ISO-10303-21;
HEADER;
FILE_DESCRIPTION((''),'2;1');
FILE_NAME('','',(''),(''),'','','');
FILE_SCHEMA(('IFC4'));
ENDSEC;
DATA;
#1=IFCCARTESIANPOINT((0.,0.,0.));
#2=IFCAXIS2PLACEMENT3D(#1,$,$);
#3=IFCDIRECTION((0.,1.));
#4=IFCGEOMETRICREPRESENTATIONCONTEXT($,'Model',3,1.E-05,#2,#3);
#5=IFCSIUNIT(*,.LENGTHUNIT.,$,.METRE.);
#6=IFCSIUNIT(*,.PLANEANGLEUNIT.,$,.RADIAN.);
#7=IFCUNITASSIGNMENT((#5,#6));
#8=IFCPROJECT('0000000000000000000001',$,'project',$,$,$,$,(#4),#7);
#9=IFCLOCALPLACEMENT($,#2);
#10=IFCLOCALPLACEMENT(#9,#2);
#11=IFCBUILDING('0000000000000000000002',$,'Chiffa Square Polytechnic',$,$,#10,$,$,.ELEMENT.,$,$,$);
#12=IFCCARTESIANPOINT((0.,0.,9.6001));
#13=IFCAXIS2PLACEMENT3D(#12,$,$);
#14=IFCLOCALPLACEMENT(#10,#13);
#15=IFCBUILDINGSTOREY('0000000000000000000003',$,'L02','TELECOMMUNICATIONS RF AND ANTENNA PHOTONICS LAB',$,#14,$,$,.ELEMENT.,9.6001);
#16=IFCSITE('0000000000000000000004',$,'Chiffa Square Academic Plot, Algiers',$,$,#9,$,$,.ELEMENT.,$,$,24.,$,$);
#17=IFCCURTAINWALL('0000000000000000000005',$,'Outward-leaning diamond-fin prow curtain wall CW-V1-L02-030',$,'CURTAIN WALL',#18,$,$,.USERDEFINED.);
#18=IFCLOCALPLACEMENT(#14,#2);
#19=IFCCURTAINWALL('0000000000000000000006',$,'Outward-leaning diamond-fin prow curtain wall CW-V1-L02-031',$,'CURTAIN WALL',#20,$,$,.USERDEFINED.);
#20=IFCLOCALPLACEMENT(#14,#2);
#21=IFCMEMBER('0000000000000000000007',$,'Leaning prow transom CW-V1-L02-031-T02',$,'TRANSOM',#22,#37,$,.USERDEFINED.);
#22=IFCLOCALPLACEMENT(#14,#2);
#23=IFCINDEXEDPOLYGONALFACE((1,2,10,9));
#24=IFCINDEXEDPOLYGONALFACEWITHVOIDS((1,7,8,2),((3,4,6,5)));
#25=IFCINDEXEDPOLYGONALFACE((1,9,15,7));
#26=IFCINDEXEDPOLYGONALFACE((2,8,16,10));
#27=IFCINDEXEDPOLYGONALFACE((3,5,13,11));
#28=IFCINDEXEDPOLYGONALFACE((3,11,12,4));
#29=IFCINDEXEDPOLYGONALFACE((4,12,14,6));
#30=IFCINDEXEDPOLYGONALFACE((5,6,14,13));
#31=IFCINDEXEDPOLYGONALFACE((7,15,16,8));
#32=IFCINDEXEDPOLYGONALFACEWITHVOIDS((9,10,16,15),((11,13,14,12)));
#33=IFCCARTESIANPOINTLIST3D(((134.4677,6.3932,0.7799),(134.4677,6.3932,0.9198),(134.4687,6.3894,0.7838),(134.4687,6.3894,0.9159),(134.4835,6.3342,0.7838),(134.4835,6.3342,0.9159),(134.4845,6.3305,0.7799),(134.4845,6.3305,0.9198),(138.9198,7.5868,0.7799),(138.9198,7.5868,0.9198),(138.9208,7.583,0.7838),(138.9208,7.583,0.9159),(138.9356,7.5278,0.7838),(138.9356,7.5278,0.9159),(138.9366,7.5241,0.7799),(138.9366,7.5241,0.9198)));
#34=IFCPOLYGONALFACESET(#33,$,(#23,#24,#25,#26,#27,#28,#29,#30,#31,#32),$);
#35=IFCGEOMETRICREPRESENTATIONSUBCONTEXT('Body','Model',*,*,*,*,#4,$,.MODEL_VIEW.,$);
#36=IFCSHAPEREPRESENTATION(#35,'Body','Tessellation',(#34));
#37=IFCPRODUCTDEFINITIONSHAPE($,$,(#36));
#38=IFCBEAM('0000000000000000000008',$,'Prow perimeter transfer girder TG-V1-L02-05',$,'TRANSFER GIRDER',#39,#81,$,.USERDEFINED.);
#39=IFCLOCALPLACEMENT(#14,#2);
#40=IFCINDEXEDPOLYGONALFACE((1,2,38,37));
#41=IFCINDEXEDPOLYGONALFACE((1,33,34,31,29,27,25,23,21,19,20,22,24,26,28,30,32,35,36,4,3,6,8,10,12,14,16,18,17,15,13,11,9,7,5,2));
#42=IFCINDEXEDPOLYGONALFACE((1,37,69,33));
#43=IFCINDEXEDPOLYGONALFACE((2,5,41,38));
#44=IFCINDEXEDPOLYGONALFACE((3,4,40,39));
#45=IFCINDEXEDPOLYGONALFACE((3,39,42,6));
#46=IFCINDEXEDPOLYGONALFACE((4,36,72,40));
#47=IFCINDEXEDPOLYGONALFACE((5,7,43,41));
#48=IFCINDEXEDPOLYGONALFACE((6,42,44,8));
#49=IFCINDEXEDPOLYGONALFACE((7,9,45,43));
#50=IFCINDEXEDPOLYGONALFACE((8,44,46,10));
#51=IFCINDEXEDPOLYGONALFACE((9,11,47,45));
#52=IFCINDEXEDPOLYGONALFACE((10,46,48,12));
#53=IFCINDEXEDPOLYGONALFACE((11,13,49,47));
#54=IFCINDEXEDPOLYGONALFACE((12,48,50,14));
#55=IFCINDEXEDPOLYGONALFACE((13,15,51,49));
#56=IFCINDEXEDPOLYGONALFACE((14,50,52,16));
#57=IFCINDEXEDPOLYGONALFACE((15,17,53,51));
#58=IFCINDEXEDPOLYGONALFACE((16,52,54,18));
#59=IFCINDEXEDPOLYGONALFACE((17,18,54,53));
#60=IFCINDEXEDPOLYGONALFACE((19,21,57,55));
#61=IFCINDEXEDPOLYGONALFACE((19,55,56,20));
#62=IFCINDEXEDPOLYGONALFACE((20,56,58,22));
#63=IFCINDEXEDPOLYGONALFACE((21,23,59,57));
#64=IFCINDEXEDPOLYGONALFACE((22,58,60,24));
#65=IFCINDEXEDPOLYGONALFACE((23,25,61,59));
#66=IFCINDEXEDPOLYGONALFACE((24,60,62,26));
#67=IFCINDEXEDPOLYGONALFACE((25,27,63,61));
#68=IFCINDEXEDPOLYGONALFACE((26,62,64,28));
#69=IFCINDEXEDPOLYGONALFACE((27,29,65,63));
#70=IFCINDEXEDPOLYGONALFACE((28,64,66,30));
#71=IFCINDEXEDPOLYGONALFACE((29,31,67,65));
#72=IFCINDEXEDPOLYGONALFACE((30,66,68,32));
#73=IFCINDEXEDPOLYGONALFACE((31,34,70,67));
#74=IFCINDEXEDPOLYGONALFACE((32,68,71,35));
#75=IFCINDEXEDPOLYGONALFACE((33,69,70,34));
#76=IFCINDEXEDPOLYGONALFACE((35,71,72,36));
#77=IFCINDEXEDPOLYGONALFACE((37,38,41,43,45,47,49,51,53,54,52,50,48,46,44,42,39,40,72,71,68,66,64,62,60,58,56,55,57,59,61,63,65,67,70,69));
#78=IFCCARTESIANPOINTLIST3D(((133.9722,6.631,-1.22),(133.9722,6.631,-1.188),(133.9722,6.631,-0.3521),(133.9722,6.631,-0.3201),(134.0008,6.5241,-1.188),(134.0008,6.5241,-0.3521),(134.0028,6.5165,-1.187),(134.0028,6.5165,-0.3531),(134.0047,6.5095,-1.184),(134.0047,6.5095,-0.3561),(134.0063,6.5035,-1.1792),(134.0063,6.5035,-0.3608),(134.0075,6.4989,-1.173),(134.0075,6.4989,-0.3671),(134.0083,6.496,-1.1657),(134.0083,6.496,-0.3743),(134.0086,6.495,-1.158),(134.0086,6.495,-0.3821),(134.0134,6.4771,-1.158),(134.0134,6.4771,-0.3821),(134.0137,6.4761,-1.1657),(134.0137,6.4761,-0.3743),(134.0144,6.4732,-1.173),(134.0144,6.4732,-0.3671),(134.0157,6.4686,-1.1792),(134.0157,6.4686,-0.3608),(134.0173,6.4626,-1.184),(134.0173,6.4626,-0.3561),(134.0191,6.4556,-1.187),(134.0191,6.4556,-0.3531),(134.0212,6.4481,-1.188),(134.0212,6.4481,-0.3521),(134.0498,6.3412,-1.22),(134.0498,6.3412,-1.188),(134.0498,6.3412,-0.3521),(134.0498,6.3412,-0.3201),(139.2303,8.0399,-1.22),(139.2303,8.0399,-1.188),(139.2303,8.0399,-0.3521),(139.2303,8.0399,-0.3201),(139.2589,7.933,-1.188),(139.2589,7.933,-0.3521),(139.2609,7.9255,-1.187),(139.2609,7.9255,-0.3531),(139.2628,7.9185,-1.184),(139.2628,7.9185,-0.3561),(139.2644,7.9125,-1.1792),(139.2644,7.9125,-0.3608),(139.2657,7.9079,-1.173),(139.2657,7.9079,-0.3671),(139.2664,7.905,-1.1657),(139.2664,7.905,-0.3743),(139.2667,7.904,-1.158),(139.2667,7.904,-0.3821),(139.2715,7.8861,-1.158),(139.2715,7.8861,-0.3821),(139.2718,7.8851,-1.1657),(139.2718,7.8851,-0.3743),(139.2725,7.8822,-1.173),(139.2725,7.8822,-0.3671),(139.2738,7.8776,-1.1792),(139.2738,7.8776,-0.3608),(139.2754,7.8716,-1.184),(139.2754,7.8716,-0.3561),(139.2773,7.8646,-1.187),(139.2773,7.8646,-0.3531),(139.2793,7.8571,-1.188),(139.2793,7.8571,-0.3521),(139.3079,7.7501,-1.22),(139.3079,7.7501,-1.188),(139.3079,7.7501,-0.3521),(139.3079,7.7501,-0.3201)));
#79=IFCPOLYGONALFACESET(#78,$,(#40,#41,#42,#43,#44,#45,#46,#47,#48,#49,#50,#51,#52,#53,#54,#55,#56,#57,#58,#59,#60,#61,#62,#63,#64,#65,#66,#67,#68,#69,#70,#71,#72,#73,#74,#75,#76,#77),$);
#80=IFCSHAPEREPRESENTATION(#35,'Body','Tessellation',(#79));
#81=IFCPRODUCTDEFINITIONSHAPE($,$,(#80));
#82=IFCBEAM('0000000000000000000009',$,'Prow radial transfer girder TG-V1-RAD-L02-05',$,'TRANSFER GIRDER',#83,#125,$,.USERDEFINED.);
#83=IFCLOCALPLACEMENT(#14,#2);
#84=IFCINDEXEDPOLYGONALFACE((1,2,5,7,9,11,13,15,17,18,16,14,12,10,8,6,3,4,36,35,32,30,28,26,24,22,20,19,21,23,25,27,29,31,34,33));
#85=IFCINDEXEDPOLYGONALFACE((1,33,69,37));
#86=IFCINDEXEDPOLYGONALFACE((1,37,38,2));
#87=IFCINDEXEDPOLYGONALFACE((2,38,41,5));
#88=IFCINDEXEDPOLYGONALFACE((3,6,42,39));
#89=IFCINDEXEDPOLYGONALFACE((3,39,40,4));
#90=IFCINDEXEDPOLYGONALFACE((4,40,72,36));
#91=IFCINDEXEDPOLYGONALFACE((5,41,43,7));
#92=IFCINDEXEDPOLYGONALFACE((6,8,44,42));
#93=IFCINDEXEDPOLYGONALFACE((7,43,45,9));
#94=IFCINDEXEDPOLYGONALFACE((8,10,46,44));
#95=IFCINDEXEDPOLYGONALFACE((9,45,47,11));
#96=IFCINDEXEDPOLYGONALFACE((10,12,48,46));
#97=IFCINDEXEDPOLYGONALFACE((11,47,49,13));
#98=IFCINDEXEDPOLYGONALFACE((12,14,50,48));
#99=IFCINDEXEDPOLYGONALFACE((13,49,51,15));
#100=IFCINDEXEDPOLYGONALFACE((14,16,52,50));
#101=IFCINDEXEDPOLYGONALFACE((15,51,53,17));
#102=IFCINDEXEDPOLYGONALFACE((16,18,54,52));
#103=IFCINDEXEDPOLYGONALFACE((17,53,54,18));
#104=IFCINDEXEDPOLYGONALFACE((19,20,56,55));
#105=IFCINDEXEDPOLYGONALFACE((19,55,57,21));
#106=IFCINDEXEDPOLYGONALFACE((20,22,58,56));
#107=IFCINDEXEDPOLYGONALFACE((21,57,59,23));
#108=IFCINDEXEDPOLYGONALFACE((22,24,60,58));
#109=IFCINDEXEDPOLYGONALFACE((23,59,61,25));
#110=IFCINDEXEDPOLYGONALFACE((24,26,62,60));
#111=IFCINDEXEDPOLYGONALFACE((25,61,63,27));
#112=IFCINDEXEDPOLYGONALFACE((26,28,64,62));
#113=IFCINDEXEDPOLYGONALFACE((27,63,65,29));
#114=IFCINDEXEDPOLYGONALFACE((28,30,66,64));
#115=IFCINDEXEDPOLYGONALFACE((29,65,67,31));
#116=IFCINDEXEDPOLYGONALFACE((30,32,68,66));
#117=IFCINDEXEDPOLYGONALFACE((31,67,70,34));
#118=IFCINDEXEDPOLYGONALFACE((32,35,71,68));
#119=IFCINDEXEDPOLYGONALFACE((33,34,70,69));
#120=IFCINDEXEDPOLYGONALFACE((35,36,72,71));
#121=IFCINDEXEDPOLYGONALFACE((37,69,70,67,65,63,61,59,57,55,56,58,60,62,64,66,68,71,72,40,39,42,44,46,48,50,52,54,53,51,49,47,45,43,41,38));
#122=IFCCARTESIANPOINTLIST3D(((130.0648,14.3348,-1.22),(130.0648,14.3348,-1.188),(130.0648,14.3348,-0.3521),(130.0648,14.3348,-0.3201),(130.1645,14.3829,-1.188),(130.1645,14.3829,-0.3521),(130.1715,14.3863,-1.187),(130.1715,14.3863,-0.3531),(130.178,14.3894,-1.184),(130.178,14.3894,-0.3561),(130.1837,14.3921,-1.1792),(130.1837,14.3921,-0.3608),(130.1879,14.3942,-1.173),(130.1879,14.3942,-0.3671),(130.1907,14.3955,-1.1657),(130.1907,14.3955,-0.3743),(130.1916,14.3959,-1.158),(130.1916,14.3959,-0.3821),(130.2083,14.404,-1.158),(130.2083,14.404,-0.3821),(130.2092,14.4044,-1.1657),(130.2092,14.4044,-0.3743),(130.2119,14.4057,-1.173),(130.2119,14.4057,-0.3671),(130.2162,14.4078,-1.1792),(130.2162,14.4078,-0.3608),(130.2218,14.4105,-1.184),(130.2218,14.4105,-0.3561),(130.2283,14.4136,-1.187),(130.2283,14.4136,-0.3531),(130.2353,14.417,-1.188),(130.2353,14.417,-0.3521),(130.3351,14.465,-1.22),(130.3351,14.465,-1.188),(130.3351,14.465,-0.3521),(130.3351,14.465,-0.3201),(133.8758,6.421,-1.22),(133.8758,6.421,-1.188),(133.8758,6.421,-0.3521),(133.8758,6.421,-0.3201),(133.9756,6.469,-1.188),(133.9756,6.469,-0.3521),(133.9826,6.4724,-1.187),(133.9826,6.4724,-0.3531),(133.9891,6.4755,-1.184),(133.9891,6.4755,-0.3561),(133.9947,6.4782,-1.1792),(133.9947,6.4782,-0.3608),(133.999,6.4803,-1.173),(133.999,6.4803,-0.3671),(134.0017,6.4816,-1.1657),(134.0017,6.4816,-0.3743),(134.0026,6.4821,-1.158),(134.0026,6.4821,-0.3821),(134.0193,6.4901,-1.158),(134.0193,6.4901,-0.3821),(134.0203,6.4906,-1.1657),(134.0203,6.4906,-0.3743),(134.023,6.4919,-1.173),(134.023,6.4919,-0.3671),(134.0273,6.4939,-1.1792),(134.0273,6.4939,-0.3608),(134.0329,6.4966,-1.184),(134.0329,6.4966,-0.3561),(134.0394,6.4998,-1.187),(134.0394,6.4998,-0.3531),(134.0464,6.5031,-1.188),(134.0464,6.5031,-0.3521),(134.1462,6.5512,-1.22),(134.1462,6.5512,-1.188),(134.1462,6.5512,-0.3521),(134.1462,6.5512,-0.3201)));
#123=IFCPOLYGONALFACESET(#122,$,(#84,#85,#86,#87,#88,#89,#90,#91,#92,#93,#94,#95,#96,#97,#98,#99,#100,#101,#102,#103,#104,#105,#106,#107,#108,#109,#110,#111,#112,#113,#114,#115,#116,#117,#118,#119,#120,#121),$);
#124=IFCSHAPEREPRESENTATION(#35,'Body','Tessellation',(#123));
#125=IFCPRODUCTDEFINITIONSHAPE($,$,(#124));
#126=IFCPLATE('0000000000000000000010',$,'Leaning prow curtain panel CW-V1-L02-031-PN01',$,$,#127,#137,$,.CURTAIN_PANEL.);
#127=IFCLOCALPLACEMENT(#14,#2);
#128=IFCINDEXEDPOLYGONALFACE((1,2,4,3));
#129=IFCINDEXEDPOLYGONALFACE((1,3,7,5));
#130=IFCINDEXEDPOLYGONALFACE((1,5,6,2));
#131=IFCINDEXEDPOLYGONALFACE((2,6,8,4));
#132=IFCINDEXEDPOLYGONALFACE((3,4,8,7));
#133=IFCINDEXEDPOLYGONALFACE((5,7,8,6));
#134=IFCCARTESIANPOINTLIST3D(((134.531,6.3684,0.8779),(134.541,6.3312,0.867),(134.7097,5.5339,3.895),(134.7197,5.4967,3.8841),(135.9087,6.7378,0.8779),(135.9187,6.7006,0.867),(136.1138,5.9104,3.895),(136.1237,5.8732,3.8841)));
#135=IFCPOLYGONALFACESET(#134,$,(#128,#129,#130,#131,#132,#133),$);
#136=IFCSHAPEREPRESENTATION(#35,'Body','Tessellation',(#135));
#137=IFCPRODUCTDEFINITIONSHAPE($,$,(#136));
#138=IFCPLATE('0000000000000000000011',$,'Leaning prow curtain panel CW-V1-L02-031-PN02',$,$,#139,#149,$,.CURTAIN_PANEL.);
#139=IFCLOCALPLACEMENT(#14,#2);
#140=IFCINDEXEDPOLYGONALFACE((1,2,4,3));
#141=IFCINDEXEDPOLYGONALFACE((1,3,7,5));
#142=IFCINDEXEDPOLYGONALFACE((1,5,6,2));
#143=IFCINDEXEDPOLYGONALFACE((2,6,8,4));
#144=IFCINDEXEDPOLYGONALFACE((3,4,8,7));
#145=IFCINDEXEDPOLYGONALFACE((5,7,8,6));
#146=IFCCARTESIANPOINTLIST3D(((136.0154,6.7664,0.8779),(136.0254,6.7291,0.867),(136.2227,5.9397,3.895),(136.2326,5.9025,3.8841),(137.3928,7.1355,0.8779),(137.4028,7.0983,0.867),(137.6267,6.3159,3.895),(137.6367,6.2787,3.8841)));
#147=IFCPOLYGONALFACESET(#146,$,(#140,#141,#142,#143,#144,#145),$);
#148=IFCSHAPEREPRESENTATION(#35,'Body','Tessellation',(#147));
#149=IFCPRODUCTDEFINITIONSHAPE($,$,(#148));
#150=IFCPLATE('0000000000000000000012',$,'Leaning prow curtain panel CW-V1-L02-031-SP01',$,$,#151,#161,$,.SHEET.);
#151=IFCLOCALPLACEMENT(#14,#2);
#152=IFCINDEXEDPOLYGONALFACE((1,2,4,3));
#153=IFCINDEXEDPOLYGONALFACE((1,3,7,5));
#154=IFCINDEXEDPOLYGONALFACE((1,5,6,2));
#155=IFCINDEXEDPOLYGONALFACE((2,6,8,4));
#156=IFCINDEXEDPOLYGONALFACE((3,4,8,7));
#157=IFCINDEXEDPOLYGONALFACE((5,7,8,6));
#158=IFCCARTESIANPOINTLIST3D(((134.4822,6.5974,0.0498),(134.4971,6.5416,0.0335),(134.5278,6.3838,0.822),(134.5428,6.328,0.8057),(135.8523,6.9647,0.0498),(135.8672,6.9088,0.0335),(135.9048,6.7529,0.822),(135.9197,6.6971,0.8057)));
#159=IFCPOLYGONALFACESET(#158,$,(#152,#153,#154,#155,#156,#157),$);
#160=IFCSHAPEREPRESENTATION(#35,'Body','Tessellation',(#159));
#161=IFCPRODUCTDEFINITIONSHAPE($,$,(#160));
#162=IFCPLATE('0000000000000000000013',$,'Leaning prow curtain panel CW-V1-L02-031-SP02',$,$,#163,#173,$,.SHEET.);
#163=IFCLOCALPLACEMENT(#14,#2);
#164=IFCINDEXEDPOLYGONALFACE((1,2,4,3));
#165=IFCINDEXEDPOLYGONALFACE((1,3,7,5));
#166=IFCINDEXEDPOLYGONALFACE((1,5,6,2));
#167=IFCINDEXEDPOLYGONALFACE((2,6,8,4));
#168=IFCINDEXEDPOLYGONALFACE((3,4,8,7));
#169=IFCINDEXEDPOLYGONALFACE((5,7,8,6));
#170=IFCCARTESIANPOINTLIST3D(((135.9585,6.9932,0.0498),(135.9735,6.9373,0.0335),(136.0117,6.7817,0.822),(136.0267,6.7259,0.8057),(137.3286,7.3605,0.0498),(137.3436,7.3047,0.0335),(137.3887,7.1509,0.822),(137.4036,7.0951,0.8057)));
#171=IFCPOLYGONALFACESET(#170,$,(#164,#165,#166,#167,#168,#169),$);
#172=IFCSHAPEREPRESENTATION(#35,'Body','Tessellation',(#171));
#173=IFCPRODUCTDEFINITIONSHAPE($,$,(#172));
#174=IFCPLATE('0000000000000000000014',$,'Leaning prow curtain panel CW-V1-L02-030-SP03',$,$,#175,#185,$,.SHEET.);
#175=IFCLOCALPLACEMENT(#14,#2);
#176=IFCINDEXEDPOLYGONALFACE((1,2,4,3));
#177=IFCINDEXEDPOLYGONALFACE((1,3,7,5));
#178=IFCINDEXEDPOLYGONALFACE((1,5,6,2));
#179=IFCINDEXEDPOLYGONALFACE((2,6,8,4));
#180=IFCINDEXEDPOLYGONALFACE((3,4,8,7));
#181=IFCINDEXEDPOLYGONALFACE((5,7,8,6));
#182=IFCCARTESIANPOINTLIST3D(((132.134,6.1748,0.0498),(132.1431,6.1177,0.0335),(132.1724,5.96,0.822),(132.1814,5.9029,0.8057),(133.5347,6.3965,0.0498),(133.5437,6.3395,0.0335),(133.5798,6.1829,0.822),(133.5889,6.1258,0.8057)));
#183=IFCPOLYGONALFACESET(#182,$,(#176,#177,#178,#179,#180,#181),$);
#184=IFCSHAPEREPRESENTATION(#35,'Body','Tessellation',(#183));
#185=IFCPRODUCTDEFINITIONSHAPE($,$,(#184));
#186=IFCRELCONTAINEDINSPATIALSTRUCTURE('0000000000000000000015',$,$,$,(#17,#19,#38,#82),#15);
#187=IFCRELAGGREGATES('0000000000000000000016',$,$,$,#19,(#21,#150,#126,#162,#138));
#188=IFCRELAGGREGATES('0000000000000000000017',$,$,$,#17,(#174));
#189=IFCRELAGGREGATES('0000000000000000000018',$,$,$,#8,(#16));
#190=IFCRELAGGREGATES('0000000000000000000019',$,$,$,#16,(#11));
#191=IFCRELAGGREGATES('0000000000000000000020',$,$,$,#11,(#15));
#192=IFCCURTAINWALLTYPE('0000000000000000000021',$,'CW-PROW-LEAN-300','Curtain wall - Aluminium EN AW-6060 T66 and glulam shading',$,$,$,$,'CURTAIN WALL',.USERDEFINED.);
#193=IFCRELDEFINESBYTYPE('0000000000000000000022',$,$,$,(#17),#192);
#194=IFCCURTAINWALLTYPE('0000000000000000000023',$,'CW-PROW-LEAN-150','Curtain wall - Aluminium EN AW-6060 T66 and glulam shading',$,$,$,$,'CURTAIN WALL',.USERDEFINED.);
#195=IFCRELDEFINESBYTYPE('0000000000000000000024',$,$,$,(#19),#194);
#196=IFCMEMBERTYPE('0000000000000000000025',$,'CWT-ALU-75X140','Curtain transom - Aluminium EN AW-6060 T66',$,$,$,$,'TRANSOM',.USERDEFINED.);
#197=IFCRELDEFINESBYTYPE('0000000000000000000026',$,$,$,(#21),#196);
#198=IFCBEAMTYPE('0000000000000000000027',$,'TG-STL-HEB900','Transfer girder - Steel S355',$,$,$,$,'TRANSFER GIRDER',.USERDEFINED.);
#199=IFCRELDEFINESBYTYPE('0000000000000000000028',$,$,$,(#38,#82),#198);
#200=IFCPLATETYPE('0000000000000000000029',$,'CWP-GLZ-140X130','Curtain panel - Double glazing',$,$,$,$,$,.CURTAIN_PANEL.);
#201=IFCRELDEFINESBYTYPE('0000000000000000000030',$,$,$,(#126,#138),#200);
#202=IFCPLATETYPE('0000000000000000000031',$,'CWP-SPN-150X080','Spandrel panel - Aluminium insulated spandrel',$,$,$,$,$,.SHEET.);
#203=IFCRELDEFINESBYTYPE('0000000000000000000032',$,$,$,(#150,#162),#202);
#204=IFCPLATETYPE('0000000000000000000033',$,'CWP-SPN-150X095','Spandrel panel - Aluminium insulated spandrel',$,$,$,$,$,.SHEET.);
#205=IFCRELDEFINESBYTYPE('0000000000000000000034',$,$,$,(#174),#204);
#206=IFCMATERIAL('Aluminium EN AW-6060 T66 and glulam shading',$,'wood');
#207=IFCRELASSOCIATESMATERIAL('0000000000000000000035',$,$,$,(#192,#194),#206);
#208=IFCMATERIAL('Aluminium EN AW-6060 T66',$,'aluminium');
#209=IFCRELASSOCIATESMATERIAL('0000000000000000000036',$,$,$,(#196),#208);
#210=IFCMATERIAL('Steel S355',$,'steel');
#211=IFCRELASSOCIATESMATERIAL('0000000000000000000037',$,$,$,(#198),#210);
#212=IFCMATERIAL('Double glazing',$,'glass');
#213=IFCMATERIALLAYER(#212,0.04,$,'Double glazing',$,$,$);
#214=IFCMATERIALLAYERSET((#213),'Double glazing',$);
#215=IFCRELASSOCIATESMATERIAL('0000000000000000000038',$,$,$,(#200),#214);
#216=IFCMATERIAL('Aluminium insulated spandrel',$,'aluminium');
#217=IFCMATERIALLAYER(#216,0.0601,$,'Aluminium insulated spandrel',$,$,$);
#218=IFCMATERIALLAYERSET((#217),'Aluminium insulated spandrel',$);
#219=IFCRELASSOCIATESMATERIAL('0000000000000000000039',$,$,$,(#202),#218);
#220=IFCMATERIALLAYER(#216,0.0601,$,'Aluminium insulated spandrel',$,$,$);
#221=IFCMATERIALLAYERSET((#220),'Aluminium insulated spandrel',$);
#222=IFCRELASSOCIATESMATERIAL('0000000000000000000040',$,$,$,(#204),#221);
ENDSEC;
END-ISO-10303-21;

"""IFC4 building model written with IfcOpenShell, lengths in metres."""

from ifc_helpers import new_model, si_unit, direction, frame, origin, origin_2d, place, context, subcontext, project, spatial, polyline, hollow_rectangle, i_section, outline, extrude, material, layer, layer_set, material_profile, profile_set, type_object, element, aggregate, save


model = new_model("IFC4")

# Units and contexts
model_context = context("Model", 3, precision=1e-05, world=origin(), true_north=direction((0.0, 1.0)))
body_context = subcontext(model_context, "Body", "Model", "MODEL_VIEW")
ifc_project = project(units=[si_unit("LENGTHUNIT", "METRE"), si_unit("PLANEANGLEUNIT", "RADIAN")], contexts=[model_context])

# Site, building, storey
site_placement = place(None, origin())
site = spatial("IfcSite", under=ifc_project, at=site_placement, Name="Chiffa Square Academic Plot, Algiers", CompositionType="ELEMENT", RefElevation=24.0)
building_placement = place(site_placement, origin())
building = spatial("IfcBuilding", under=site, at=building_placement, Name="Chiffa Square Polytechnic", CompositionType="ELEMENT")
storey_placement = place(building_placement, frame((0.0, 0.0, 9.6001)))
storey = spatial("IfcBuildingStorey", under=building, at=storey_placement, Name="L02", Description="TELECOMMUNICATIONS RF AND ANTENNA PHOTONICS LAB", CompositionType="ELEMENT", Elevation=9.6001)

# Curtain walls, member
ifc_material_1 = material(Name="Aluminium EN AW-6060 T66 and glulam shading", Category="wood")
curtain_wall_type_1 = type_object("IfcCurtainWallType", Name="CW-PROW-LEAN-300", Description="Curtain wall - Aluminium EN AW-6060 T66 and glulam shading", ElementType="CURTAIN WALL", PredefinedType="USERDEFINED", material=ifc_material_1)
curtain_wall_1_placement = place(storey_placement, origin())
curtain_wall_1 = element("IfcCurtainWall", 1, at=curtain_wall_1_placement, inside=storey, type_object=curtain_wall_type_1, Name="Outward-leaning diamond-fin prow curtain wall CW-V1-L02-030", ObjectType="CURTAIN WALL", PredefinedType="USERDEFINED")
ifc_material_2 = material(Name="Aluminium EN AW-6060 T66", Category="aluminium")
curtain_wall_type_2 = type_object("IfcCurtainWallType", Name="CW-PROW-LEAN-150", Description="Curtain wall - Aluminium EN AW-6060 T66 and glulam shading", ElementType="CURTAIN WALL", PredefinedType="USERDEFINED", material=ifc_material_1)
curtain_wall_2_placement = place(storey_placement, origin())
curtain_wall_2 = element("IfcCurtainWall", 2, at=curtain_wall_2_placement, inside=storey, type_object=curtain_wall_type_2, Name="Outward-leaning diamond-fin prow curtain wall CW-V1-L02-031", ObjectType="CURTAIN WALL", PredefinedType="USERDEFINED")
ifc_material_profile_1 = material_profile(ifc_material_2, hollow_rectangle(XDim=0.0649, YDim=0.1399, WallThickness=0.0039, at=origin_2d()), Name="ALU 65x140x4")
ifc_profile_set_1 = profile_set([ifc_material_profile_1], Name="Aluminium EN AW-6060 T66")
member_type_1 = type_object("IfcMemberType", Name="CWT-ALU-75X140", Description="Curtain transom - Aluminium EN AW-6060 T66", ElementType="TRANSOM", PredefinedType="USERDEFINED", material=ifc_profile_set_1)
member_1_placement = place(storey_placement, frame((134.4761, 6.3618, 0.8499), z_axis=(0.96589, 0.258951, 0.0), x_axis=(-0.258951, 0.96589, 0.0)))
member_1 = element("IfcMember", 3, at=member_1_placement, type_object=member_type_1, Name="Leaning prow transom CW-V1-L02-031-T02", ObjectType="TRANSOM", PredefinedType="USERDEFINED", context=body_context, shape_type="SweptSolid", body=[
    extrude(hollow_rectangle(XDim=0.0649, YDim=0.1399, WallThickness=0.0039, at=origin_2d()), origin(), (0.0, 0.0, 1.0), 4.6094),
])

# Beams
ifc_material_3 = material(Name="Steel S355", Category="steel")
ifc_material_profile_2 = material_profile(ifc_material_3, i_section(OverallWidth=0.3, OverallDepth=0.8999, WebThickness=0.0186, FlangeThickness=0.032, FilletRadius=0.03, at=origin_2d()), Name="HEB 900")
ifc_profile_set_2 = profile_set([ifc_material_profile_2], Name="Steel S355")
beam_type_1 = type_object("IfcBeamType", Name="TG-STL-HEB900", Description="Transfer girder - Steel S355", ElementType="TRANSFER GIRDER", PredefinedType="USERDEFINED", material=ifc_profile_set_2)
beam_1_placement = place(storey_placement, frame((134.011, 6.4861, -0.77), z_axis=(0.965924, 0.258827, 0.0), x_axis=(-0.258827, 0.965924, 0.0)))
element("IfcBeam", 4, at=beam_1_placement, inside=storey, type_object=beam_type_1, Name="Prow perimeter transfer girder TG-V1-L02-05", ObjectType="TRANSFER GIRDER", PredefinedType="USERDEFINED", context=body_context, shape_type="SweptSolid", body=[
    extrude(i_section(OverallWidth=0.3, OverallDepth=0.8999, WebThickness=0.0186, FlangeThickness=0.032, FilletRadius=0.03, at=origin_2d()), origin(), (0.0, 0.0, 1.0), 5.4436),
])
beam_2_placement = place(storey_placement, frame((134.011, 6.4861, -0.77), z_axis=(-0.433878, 0.900971, 0.0), x_axis=(-0.900971, -0.433878, 0.0)))
element("IfcBeam", 5, at=beam_2_placement, inside=storey, type_object=beam_type_1, Name="Prow radial transfer girder TG-V1-RAD-L02-05", ObjectType="TRANSFER GIRDER", PredefinedType="USERDEFINED", context=body_context, shape_type="SweptSolid", body=[
    extrude(i_section(OverallWidth=0.3, OverallDepth=0.8999, WebThickness=0.0186, FlangeThickness=0.032, FilletRadius=0.03, at=origin_2d()), origin(), (0.0, 0.0, 1.0), 8.7837),
])

# Plates
ifc_material_4 = material(Name="Double glazing", Category="glass")
ifc_layer_1 = layer(ifc_material_4, 0.04, Name="Double glazing")
ifc_layer_set_1 = layer_set([ifc_layer_1], Name="Double glazing")
plate_type_1 = type_object("IfcPlateType", Name="CWP-GLZ-140X130", Description="Curtain panel - Double glazing", PredefinedType="CURTAIN_PANEL", material=ifc_layer_set_1)
plate_1_placement = place(storey_placement, frame((134.531, 6.3684, 0.8779), z_axis=(-0.249223, 0.929509, 0.271846), x_axis=(0.965884, 0.258976, 0.000001)))
plate_1 = element("IfcPlate", 6, at=plate_1_placement, type_object=plate_type_1, Name="Leaning prow curtain panel CW-V1-L02-031-PN01", PredefinedType="CURTAIN_PANEL", context=body_context, shape_type="SweptSolid", body=[
    extrude(outline(polyline([(0.0, 0.0), (1.4263, 0.0), (1.4102, -3.1352), (-0.0435, -3.1352), (0.0, 0.0)])), origin(), (0.0, 0.0, -1.0), 0.04),
])
plate_2_placement = place(storey_placement, frame((136.0154, 6.7664, 0.8779), z_axis=(-0.249094, 0.929554, 0.271812), x_axis=(0.96592, 0.25884, -0.000005)))
plate_2 = element("IfcPlate", 7, at=plate_2_placement, type_object=plate_type_1, Name="Leaning prow curtain panel CW-V1-L02-031-PN02", PredefinedType="CURTAIN_PANEL", context=body_context, shape_type="SweptSolid", body=[
    extrude(outline(polyline([(0.0, 0.0), (1.426, 0.0), (1.4398, -3.1351), (-0.0138, -3.1351), (0.0, 0.0)])), origin(), (0.0, 0.0, -1.0), 0.04),
])
ifc_material_5 = material(Name="Aluminium insulated spandrel", Category="aluminium")
ifc_layer_2 = layer(ifc_material_5, 0.0601, Name="Aluminium insulated spandrel")
ifc_layer_set_2 = layer_set([ifc_layer_2], Name="Aluminium insulated spandrel")
plate_type_2 = type_object("IfcPlateType", Name="CWP-SPN-150X080", Description="Spandrel panel - Aluminium insulated spandrel", PredefinedType="SHEET", material=ifc_layer_set_2)
plate_3_placement = place(storey_placement, frame((134.4822, 6.5974, 0.0498), z_axis=(-0.249155, 0.92954, 0.271802), x_axis=(0.965904, 0.258899, 0.000011)))
plate_3 = element("IfcPlate", 8, at=plate_3_placement, type_object=plate_type_2, Name="Leaning prow curtain panel CW-V1-L02-031-SP01", PredefinedType="SHEET", context=body_context, shape_type="SweptSolid", body=[
    extrude(outline(polyline([(0.0, 0.0), (1.4185, 0.0), (1.4144, -0.8024), (-0.0112, -0.8024), (0.0, 0.0)])), origin(), (0.0, 0.0, -1.0), 0.0601),
])
plate_4_placement = place(storey_placement, frame((135.9585, 6.9932, 0.0498), z_axis=(-0.249236, 0.929534, 0.27175), x_axis=(0.965881, 0.258985, -0.000011)))
plate_4 = element("IfcPlate", 9, at=plate_4_placement, type_object=plate_type_2, Name="Leaning prow curtain panel CW-V1-L02-031-SP02", PredefinedType="SHEET", context=body_context, shape_type="SweptSolid", body=[
    extrude(outline(polyline([(0.0, 0.0), (1.4185, 0.0), (1.4222, -0.8024), (-0.0034, -0.8024), (0.0, 0.0)])), origin(), (0.0, 0.0, -1.0), 0.0601),
])
aggregate(curtain_wall_2, [member_1, plate_3, plate_1, plate_4, plate_2])
ifc_layer_3 = layer(ifc_material_5, 0.0601, Name="Aluminium insulated spandrel")
ifc_layer_set_3 = layer_set([ifc_layer_3], Name="Aluminium insulated spandrel")
plate_type_3 = type_object("IfcPlateType", Name="CWP-SPN-150X095", Description="Spandrel panel - Aluminium insulated spandrel", PredefinedType="SHEET", material=ifc_layer_set_3)
plate_5_placement = place(storey_placement, frame((132.134, 6.1748, 0.0498), z_axis=(-0.150484, 0.950506, 0.271831), x_axis=(0.987699, 0.156369, 0.000013)))
plate_5 = element("IfcPlate", 10, at=plate_5_placement, type_object=plate_type_3, Name="Leaning prow curtain panel CW-V1-L02-030-SP03", PredefinedType="SHEET", context=body_context, shape_type="SweptSolid", body=[
    extrude(outline(polyline([(0.0, 0.0), (1.4181, 0.0), (1.4293, -0.8024), (0.0043, -0.8025), (0.0, 0.0)])), origin(), (0.0, 0.0, -1.0), 0.0601),
])
aggregate(curtain_wall_1, [plate_5])

save(model, "model.ifc")
